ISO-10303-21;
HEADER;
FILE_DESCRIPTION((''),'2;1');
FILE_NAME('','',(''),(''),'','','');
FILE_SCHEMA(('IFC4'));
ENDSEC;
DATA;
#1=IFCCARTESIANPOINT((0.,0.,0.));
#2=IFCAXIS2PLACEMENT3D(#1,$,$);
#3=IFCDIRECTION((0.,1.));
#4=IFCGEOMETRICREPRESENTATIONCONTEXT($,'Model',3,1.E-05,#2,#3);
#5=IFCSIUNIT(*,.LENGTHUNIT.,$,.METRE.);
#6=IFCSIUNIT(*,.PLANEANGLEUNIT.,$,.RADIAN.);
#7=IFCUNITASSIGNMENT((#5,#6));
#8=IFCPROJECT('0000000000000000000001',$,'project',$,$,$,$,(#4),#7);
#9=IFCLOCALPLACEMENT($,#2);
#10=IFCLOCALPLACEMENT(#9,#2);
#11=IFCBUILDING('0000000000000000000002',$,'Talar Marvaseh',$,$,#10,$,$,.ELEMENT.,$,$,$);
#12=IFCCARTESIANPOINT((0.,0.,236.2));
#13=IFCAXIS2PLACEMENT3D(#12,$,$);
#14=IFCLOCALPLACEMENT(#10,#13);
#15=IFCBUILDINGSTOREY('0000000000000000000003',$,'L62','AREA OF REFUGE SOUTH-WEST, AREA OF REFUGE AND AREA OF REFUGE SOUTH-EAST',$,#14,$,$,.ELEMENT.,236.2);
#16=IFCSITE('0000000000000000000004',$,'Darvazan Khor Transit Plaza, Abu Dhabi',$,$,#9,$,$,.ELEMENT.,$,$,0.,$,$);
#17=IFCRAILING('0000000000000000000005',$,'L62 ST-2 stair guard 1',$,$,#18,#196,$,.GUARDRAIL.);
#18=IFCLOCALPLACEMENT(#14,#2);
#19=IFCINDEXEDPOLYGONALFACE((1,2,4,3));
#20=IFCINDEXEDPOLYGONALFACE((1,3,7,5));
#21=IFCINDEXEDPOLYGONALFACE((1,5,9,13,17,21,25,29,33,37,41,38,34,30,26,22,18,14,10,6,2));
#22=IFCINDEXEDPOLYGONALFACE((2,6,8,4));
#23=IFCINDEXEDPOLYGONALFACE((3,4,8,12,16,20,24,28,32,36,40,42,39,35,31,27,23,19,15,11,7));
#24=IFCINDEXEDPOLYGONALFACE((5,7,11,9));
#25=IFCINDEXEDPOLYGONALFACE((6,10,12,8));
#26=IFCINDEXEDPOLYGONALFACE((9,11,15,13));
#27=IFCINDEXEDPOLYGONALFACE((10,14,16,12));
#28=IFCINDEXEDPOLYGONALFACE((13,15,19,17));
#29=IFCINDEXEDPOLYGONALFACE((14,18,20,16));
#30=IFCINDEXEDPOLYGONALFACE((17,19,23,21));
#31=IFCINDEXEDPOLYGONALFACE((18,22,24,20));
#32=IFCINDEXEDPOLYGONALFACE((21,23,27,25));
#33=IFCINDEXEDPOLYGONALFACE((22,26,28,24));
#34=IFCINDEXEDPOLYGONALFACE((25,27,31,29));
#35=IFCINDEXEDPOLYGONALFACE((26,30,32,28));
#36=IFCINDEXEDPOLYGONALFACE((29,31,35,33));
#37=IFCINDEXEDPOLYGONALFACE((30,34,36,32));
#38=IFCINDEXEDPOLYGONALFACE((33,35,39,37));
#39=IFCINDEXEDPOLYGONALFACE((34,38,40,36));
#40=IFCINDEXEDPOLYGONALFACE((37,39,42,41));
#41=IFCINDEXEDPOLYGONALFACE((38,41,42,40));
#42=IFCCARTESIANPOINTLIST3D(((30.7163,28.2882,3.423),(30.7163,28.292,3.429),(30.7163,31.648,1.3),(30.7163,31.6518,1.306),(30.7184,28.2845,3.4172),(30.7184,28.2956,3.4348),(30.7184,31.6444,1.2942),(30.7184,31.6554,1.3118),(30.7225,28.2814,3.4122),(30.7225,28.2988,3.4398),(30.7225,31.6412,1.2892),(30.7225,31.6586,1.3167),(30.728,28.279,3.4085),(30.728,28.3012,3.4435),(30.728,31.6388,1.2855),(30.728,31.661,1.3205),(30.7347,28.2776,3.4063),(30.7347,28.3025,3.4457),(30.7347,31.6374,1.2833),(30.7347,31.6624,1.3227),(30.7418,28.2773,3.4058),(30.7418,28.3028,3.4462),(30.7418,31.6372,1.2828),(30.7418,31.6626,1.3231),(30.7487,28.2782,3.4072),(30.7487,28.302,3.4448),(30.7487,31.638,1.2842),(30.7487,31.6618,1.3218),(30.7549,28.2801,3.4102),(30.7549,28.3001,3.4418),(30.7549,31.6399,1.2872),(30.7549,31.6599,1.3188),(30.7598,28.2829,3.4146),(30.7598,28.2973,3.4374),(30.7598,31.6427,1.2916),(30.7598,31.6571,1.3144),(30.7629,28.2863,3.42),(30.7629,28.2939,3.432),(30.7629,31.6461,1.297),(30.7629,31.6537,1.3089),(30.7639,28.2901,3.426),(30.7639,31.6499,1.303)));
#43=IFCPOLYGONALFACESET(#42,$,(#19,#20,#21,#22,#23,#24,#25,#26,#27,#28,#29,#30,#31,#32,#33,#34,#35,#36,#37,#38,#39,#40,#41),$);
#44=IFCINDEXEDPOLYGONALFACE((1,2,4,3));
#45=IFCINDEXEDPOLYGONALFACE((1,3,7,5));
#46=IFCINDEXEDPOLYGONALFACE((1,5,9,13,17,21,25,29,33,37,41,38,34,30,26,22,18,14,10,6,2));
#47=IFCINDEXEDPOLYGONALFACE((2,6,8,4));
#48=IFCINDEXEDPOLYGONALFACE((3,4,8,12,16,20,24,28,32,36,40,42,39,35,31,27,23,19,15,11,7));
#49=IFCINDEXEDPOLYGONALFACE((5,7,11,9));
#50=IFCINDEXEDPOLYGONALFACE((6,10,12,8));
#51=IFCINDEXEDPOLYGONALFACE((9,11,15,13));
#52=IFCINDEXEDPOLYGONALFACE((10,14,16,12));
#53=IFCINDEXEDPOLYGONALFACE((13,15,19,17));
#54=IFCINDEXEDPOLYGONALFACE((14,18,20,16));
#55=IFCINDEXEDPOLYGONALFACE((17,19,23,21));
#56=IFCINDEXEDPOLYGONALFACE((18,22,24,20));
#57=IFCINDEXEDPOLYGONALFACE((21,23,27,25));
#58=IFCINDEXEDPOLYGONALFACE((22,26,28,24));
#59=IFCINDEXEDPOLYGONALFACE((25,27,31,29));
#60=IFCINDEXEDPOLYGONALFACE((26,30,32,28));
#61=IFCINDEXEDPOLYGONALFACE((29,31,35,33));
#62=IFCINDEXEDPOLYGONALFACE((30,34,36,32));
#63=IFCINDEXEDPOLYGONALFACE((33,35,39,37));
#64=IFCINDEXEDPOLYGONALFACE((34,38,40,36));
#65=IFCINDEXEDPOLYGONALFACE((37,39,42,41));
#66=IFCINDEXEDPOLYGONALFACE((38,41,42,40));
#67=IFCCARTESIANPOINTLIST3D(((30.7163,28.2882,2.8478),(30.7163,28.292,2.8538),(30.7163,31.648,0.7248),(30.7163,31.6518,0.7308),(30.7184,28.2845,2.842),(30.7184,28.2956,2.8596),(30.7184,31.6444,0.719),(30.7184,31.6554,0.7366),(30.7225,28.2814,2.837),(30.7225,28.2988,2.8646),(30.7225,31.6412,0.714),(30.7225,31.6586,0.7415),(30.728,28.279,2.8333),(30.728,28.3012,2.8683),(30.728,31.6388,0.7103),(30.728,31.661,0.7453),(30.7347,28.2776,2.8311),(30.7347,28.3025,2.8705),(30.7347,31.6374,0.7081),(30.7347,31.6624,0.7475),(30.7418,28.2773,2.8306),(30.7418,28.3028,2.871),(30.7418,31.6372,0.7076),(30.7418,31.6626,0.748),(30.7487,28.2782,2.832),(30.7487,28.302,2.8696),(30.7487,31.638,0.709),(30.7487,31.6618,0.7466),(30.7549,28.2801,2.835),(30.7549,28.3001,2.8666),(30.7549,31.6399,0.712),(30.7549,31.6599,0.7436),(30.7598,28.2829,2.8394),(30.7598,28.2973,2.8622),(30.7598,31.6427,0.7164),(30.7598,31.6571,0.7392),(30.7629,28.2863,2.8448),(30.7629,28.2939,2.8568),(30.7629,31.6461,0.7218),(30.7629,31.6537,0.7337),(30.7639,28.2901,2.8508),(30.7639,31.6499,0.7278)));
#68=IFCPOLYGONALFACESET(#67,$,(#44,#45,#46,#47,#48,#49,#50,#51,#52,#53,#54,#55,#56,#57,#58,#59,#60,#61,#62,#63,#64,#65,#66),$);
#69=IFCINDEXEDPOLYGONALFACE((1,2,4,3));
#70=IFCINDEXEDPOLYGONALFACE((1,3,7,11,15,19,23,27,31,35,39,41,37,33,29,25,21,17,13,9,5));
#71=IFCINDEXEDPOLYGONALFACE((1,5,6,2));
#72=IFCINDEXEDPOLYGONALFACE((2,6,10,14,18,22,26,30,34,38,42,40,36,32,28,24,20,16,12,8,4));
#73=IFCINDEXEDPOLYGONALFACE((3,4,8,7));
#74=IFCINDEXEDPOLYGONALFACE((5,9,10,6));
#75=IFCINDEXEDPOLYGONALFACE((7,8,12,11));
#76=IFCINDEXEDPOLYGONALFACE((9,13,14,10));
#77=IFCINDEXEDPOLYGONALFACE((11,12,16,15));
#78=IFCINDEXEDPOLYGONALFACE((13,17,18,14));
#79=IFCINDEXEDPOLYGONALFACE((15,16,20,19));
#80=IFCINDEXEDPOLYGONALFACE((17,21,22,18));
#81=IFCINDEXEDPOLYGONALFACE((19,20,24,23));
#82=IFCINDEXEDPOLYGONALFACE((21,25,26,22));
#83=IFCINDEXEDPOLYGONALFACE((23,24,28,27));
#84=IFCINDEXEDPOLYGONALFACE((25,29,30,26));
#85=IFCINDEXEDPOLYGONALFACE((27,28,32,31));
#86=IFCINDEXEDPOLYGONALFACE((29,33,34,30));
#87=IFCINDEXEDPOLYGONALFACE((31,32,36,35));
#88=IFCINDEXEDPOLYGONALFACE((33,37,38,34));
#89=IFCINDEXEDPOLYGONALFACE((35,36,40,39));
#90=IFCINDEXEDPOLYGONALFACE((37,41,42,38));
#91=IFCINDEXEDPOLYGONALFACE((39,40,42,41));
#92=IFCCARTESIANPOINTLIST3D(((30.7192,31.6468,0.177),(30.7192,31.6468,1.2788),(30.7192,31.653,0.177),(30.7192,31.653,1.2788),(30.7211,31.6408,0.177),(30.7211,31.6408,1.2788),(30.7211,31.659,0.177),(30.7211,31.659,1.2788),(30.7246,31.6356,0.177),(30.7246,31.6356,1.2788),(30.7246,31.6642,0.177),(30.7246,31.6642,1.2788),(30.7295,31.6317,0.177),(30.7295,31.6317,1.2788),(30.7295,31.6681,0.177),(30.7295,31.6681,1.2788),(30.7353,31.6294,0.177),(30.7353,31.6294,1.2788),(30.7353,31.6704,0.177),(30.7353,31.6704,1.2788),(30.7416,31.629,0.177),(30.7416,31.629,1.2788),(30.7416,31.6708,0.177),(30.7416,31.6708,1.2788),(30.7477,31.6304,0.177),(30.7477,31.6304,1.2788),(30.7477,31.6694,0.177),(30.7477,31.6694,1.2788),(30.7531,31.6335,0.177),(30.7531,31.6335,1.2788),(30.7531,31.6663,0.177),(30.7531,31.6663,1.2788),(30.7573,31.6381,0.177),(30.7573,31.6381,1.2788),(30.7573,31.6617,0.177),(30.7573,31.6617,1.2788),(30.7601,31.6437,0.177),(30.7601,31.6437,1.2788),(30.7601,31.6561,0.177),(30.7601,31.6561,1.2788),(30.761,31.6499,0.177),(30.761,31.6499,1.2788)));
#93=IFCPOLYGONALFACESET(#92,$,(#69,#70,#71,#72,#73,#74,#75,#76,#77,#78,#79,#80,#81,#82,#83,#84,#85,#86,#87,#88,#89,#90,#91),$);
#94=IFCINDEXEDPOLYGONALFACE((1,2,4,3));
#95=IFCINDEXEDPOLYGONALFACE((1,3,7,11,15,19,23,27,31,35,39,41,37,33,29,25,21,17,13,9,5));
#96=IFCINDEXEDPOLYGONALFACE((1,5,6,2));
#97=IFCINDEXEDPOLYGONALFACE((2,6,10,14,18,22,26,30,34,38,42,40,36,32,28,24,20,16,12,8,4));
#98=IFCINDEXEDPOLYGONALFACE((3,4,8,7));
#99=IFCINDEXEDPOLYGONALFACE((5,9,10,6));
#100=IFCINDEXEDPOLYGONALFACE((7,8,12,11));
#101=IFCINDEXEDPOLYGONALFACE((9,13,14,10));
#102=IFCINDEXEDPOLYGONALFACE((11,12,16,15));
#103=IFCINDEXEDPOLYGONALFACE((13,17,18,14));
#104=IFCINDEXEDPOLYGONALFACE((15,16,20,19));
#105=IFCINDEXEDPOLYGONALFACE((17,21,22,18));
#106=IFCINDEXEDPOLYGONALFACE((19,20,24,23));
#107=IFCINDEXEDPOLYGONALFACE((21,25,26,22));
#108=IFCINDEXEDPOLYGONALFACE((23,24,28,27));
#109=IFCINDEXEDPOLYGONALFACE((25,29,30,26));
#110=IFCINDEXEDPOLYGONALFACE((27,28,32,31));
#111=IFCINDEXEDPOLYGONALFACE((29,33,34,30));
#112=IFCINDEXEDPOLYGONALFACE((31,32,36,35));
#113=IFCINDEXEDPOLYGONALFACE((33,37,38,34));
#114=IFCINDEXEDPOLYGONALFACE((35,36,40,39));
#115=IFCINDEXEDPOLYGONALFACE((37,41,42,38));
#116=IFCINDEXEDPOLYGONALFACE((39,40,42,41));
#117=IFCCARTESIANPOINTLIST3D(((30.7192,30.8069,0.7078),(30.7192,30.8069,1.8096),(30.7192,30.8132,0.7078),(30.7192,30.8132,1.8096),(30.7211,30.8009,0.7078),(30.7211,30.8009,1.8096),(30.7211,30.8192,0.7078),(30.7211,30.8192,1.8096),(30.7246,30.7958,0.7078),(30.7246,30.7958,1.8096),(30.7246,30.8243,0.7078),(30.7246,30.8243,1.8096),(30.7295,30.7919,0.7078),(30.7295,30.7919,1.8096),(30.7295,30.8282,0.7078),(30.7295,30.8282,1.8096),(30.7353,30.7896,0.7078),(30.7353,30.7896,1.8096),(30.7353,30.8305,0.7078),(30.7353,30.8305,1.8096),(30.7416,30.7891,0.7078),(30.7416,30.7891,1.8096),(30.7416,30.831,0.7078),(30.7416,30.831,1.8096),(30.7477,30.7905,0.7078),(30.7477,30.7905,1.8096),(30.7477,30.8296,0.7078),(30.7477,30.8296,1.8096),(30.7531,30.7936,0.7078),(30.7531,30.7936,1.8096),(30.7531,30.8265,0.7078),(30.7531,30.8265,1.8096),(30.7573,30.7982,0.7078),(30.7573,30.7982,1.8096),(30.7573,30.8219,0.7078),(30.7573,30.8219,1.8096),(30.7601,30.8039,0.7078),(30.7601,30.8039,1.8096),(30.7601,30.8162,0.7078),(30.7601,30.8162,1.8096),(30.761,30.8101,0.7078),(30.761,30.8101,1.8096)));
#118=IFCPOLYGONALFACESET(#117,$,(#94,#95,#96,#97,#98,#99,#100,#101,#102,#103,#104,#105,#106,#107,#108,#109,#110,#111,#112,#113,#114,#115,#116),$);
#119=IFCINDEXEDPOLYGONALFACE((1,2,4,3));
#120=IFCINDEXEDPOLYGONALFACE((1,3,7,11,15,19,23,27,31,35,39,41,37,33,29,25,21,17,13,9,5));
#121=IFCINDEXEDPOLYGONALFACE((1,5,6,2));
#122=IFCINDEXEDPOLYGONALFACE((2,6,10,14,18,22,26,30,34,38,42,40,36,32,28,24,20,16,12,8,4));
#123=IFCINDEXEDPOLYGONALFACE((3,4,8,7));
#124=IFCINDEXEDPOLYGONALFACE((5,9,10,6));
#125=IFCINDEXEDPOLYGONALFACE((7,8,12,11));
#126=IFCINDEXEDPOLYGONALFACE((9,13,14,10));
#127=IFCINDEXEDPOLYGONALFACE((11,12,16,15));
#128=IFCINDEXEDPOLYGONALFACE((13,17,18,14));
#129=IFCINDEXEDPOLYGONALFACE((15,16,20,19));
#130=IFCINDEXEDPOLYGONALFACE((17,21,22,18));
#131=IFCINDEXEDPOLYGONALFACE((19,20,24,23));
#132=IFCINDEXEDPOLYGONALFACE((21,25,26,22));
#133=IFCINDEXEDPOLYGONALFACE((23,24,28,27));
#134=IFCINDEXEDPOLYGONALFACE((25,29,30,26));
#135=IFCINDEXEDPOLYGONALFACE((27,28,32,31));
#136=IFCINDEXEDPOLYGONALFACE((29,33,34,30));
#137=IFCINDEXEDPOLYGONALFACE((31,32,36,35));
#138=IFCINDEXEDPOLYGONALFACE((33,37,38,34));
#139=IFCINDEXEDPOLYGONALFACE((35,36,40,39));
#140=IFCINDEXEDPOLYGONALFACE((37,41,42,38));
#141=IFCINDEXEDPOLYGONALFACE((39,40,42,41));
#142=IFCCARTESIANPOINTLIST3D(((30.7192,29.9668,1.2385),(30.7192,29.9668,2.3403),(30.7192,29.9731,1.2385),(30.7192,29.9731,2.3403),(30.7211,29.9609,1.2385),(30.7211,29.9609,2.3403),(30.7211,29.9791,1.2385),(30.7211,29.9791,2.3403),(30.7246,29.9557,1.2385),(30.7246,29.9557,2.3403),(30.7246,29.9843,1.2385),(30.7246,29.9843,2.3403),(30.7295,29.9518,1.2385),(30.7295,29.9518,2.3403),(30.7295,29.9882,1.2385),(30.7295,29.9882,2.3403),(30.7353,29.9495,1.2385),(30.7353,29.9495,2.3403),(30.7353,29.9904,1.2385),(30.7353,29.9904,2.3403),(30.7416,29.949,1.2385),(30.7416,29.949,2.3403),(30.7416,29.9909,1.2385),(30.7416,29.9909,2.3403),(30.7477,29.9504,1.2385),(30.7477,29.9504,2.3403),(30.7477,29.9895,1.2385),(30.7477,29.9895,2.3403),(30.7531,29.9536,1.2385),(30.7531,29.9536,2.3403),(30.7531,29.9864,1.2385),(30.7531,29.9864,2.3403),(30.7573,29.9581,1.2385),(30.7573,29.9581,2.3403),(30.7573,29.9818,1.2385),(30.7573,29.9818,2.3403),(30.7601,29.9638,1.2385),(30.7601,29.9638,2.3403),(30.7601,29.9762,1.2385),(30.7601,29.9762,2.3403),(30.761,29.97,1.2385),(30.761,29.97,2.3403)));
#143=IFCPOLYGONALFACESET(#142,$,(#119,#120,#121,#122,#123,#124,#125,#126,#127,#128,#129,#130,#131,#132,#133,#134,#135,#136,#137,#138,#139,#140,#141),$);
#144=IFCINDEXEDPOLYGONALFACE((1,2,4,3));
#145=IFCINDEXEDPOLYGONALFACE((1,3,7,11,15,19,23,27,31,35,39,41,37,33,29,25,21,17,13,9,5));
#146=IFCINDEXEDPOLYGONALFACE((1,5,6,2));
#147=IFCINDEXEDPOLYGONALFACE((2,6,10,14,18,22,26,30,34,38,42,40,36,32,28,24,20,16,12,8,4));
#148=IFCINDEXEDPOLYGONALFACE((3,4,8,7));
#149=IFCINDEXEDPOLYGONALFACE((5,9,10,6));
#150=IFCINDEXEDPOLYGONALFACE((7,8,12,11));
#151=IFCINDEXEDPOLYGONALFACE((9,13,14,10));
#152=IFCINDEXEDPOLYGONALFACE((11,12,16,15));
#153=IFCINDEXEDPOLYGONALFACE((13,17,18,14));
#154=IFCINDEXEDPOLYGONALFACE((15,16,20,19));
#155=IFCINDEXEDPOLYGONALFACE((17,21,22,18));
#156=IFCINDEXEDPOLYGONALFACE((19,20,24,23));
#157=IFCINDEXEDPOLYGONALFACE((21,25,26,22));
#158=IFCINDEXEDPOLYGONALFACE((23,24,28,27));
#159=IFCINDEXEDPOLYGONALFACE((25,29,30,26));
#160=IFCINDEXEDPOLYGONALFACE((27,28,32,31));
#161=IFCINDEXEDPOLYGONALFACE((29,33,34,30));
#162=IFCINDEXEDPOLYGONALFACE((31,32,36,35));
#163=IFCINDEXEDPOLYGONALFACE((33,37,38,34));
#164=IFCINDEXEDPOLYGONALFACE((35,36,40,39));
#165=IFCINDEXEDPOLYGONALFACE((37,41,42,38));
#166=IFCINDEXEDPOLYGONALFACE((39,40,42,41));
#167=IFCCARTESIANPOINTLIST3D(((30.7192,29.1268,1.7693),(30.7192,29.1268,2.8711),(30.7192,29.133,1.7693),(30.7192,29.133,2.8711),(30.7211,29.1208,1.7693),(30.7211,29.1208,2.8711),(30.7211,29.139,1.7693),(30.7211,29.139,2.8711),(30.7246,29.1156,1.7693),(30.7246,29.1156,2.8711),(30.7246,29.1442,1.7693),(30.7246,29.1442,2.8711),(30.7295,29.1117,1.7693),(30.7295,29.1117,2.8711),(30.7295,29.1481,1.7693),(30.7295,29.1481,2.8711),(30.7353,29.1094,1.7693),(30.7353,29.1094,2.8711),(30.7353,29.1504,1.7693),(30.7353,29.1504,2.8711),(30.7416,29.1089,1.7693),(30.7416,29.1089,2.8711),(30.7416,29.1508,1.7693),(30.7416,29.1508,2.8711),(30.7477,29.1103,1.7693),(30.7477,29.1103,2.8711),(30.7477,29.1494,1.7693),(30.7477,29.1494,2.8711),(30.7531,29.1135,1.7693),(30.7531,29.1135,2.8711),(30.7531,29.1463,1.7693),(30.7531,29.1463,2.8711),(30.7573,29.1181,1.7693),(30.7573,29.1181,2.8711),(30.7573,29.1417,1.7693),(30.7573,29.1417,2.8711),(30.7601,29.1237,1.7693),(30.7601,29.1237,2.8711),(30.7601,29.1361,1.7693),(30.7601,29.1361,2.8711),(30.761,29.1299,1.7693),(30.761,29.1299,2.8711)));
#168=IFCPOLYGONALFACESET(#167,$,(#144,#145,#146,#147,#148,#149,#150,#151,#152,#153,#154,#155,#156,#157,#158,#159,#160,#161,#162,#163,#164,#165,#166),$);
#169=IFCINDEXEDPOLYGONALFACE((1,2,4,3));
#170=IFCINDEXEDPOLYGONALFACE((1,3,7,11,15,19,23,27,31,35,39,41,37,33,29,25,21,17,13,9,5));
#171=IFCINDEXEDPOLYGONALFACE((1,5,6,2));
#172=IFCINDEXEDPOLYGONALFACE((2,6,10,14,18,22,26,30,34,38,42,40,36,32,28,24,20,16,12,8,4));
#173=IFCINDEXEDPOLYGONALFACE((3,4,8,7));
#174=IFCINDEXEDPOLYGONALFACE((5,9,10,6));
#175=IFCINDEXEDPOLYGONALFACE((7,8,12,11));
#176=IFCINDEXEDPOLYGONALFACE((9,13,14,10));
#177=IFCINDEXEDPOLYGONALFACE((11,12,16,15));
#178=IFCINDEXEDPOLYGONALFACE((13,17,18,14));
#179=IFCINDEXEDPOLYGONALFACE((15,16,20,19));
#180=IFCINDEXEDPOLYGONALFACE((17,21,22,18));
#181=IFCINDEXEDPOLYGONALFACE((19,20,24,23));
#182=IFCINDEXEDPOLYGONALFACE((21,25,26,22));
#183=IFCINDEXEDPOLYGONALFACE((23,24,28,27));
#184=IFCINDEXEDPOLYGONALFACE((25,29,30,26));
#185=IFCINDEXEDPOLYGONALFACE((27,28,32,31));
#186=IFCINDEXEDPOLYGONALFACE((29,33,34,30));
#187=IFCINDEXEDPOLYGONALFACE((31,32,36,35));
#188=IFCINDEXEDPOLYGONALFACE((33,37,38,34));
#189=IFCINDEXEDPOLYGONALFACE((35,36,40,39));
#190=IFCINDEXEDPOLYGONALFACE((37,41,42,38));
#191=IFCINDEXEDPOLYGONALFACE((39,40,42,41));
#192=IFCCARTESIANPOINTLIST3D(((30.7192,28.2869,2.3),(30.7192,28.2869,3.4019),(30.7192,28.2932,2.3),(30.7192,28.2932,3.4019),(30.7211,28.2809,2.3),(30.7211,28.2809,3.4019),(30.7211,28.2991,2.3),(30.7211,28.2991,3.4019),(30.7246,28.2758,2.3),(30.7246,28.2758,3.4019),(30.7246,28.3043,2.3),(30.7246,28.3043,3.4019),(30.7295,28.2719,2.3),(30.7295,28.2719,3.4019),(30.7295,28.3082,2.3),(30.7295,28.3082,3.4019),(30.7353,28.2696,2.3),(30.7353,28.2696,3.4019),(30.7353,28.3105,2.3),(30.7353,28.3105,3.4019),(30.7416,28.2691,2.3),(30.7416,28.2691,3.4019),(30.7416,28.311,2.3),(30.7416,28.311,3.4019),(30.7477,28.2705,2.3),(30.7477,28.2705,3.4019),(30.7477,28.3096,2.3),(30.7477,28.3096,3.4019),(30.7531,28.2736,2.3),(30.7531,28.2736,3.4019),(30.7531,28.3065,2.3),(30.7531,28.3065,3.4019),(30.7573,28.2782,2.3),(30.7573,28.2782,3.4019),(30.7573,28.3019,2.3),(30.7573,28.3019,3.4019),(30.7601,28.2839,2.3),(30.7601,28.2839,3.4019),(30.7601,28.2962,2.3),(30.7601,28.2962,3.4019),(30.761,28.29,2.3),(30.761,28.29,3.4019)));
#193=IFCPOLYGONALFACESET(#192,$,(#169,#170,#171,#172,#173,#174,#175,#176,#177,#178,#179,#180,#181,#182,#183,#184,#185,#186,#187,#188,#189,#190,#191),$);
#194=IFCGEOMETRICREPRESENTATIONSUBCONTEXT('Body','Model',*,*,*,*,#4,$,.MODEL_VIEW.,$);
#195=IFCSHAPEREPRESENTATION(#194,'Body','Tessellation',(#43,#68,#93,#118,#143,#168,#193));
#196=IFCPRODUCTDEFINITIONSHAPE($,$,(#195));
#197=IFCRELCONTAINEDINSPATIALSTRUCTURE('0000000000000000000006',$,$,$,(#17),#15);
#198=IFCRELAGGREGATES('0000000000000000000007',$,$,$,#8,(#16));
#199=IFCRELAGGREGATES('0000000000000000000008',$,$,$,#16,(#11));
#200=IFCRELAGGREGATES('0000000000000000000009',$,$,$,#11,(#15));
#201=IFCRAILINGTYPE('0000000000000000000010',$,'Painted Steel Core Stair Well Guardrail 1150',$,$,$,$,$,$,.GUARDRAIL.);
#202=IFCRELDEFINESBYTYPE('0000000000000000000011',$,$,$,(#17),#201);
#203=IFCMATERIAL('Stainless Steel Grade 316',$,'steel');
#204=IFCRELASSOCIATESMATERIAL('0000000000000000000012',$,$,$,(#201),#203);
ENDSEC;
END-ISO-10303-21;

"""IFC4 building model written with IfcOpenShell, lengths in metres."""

from ifc_helpers import new_model, si_unit, direction, frame, origin, origin_2d, place, context, subcontext, project, spatial, circle, extrude, material, type_object, element, save


model = new_model("IFC4")

# Units and contexts
model_context = context("Model", 3, precision=1e-05, world=origin(), true_north=direction((0.0, 1.0)))
body_context = subcontext(model_context, "Body", "Model", "MODEL_VIEW")
ifc_project = project(units=[si_unit("LENGTHUNIT", "METRE"), si_unit("PLANEANGLEUNIT", "RADIAN")], contexts=[model_context])

# Site, building, storey
site_placement = place(None, origin())
site = spatial("IfcSite", under=ifc_project, at=site_placement, Name="Darvazan Khor Transit Plaza, Abu Dhabi", CompositionType="ELEMENT", RefElevation=0.0)
building_placement = place(site_placement, origin())
building = spatial("IfcBuilding", under=site, at=building_placement, Name="Talar Marvaseh", CompositionType="ELEMENT")
storey_placement = place(building_placement, frame((0.0, 0.0, 236.2)))
storey = spatial("IfcBuildingStorey", under=building, at=storey_placement, Name="L62", Description="AREA OF REFUGE SOUTH-WEST, AREA OF REFUGE AND AREA OF REFUGE SOUTH-EAST", CompositionType="ELEMENT", Elevation=236.2)

# Railing
ifc_material_1 = material(Name="Stainless Steel Grade 316", Category="steel")
railing_type_1 = type_object("IfcRailingType", Name="Painted Steel Core Stair Well Guardrail 1150", PredefinedType="GUARDRAIL", material=ifc_material_1)
railing_1_placement = place(storey_placement, frame((30.74, 31.6499, 0.177)))
element("IfcRailing", 1, at=railing_1_placement, inside=storey, type_object=railing_type_1, Name="L62 ST-2 stair guard 1", PredefinedType="GUARDRAIL", context=body_context, shape_type="SweptSolid", body=[
    extrude(circle(Radius=0.0239, at=origin_2d()), frame((0.0, 0.0, 1.126), z_axis=(0.0, -0.845372, 0.534178), x_axis=(1.0, 0.0, 0.0)), (0.0, 0.0, 1.0), 3.9744),
    extrude(circle(Radius=0.0239, at=origin_2d()), frame((0.0, 0.0, 0.5508), z_axis=(0.0, -0.845372, 0.534178), x_axis=(1.0, 0.0, 0.0)), (0.0, 0.0, 1.0), 3.9744),
    extrude(circle(Radius=0.021, at=origin_2d()), origin(), (0.0, 0.0, 1.0), 1.1018),
    extrude(circle(Radius=0.021, at=origin_2d()), frame((0.0, -0.8398, 0.5308)), (0.0, 0.0, 1.0), 1.1018),
    extrude(circle(Radius=0.021, at=origin_2d()), frame((0.0, -1.6799, 1.0615)), (0.0, 0.0, 1.0), 1.1018),
    extrude(circle(Radius=0.021, at=origin_2d()), frame((0.0, -2.52, 1.5923)), (0.0, 0.0, 1.0), 1.1018),
    extrude(circle(Radius=0.021, at=origin_2d()), frame((0.0, -3.3599, 2.123)), (0.0, 0.0, 1.0), 1.1018),
])

save(model, "model.ifc")
